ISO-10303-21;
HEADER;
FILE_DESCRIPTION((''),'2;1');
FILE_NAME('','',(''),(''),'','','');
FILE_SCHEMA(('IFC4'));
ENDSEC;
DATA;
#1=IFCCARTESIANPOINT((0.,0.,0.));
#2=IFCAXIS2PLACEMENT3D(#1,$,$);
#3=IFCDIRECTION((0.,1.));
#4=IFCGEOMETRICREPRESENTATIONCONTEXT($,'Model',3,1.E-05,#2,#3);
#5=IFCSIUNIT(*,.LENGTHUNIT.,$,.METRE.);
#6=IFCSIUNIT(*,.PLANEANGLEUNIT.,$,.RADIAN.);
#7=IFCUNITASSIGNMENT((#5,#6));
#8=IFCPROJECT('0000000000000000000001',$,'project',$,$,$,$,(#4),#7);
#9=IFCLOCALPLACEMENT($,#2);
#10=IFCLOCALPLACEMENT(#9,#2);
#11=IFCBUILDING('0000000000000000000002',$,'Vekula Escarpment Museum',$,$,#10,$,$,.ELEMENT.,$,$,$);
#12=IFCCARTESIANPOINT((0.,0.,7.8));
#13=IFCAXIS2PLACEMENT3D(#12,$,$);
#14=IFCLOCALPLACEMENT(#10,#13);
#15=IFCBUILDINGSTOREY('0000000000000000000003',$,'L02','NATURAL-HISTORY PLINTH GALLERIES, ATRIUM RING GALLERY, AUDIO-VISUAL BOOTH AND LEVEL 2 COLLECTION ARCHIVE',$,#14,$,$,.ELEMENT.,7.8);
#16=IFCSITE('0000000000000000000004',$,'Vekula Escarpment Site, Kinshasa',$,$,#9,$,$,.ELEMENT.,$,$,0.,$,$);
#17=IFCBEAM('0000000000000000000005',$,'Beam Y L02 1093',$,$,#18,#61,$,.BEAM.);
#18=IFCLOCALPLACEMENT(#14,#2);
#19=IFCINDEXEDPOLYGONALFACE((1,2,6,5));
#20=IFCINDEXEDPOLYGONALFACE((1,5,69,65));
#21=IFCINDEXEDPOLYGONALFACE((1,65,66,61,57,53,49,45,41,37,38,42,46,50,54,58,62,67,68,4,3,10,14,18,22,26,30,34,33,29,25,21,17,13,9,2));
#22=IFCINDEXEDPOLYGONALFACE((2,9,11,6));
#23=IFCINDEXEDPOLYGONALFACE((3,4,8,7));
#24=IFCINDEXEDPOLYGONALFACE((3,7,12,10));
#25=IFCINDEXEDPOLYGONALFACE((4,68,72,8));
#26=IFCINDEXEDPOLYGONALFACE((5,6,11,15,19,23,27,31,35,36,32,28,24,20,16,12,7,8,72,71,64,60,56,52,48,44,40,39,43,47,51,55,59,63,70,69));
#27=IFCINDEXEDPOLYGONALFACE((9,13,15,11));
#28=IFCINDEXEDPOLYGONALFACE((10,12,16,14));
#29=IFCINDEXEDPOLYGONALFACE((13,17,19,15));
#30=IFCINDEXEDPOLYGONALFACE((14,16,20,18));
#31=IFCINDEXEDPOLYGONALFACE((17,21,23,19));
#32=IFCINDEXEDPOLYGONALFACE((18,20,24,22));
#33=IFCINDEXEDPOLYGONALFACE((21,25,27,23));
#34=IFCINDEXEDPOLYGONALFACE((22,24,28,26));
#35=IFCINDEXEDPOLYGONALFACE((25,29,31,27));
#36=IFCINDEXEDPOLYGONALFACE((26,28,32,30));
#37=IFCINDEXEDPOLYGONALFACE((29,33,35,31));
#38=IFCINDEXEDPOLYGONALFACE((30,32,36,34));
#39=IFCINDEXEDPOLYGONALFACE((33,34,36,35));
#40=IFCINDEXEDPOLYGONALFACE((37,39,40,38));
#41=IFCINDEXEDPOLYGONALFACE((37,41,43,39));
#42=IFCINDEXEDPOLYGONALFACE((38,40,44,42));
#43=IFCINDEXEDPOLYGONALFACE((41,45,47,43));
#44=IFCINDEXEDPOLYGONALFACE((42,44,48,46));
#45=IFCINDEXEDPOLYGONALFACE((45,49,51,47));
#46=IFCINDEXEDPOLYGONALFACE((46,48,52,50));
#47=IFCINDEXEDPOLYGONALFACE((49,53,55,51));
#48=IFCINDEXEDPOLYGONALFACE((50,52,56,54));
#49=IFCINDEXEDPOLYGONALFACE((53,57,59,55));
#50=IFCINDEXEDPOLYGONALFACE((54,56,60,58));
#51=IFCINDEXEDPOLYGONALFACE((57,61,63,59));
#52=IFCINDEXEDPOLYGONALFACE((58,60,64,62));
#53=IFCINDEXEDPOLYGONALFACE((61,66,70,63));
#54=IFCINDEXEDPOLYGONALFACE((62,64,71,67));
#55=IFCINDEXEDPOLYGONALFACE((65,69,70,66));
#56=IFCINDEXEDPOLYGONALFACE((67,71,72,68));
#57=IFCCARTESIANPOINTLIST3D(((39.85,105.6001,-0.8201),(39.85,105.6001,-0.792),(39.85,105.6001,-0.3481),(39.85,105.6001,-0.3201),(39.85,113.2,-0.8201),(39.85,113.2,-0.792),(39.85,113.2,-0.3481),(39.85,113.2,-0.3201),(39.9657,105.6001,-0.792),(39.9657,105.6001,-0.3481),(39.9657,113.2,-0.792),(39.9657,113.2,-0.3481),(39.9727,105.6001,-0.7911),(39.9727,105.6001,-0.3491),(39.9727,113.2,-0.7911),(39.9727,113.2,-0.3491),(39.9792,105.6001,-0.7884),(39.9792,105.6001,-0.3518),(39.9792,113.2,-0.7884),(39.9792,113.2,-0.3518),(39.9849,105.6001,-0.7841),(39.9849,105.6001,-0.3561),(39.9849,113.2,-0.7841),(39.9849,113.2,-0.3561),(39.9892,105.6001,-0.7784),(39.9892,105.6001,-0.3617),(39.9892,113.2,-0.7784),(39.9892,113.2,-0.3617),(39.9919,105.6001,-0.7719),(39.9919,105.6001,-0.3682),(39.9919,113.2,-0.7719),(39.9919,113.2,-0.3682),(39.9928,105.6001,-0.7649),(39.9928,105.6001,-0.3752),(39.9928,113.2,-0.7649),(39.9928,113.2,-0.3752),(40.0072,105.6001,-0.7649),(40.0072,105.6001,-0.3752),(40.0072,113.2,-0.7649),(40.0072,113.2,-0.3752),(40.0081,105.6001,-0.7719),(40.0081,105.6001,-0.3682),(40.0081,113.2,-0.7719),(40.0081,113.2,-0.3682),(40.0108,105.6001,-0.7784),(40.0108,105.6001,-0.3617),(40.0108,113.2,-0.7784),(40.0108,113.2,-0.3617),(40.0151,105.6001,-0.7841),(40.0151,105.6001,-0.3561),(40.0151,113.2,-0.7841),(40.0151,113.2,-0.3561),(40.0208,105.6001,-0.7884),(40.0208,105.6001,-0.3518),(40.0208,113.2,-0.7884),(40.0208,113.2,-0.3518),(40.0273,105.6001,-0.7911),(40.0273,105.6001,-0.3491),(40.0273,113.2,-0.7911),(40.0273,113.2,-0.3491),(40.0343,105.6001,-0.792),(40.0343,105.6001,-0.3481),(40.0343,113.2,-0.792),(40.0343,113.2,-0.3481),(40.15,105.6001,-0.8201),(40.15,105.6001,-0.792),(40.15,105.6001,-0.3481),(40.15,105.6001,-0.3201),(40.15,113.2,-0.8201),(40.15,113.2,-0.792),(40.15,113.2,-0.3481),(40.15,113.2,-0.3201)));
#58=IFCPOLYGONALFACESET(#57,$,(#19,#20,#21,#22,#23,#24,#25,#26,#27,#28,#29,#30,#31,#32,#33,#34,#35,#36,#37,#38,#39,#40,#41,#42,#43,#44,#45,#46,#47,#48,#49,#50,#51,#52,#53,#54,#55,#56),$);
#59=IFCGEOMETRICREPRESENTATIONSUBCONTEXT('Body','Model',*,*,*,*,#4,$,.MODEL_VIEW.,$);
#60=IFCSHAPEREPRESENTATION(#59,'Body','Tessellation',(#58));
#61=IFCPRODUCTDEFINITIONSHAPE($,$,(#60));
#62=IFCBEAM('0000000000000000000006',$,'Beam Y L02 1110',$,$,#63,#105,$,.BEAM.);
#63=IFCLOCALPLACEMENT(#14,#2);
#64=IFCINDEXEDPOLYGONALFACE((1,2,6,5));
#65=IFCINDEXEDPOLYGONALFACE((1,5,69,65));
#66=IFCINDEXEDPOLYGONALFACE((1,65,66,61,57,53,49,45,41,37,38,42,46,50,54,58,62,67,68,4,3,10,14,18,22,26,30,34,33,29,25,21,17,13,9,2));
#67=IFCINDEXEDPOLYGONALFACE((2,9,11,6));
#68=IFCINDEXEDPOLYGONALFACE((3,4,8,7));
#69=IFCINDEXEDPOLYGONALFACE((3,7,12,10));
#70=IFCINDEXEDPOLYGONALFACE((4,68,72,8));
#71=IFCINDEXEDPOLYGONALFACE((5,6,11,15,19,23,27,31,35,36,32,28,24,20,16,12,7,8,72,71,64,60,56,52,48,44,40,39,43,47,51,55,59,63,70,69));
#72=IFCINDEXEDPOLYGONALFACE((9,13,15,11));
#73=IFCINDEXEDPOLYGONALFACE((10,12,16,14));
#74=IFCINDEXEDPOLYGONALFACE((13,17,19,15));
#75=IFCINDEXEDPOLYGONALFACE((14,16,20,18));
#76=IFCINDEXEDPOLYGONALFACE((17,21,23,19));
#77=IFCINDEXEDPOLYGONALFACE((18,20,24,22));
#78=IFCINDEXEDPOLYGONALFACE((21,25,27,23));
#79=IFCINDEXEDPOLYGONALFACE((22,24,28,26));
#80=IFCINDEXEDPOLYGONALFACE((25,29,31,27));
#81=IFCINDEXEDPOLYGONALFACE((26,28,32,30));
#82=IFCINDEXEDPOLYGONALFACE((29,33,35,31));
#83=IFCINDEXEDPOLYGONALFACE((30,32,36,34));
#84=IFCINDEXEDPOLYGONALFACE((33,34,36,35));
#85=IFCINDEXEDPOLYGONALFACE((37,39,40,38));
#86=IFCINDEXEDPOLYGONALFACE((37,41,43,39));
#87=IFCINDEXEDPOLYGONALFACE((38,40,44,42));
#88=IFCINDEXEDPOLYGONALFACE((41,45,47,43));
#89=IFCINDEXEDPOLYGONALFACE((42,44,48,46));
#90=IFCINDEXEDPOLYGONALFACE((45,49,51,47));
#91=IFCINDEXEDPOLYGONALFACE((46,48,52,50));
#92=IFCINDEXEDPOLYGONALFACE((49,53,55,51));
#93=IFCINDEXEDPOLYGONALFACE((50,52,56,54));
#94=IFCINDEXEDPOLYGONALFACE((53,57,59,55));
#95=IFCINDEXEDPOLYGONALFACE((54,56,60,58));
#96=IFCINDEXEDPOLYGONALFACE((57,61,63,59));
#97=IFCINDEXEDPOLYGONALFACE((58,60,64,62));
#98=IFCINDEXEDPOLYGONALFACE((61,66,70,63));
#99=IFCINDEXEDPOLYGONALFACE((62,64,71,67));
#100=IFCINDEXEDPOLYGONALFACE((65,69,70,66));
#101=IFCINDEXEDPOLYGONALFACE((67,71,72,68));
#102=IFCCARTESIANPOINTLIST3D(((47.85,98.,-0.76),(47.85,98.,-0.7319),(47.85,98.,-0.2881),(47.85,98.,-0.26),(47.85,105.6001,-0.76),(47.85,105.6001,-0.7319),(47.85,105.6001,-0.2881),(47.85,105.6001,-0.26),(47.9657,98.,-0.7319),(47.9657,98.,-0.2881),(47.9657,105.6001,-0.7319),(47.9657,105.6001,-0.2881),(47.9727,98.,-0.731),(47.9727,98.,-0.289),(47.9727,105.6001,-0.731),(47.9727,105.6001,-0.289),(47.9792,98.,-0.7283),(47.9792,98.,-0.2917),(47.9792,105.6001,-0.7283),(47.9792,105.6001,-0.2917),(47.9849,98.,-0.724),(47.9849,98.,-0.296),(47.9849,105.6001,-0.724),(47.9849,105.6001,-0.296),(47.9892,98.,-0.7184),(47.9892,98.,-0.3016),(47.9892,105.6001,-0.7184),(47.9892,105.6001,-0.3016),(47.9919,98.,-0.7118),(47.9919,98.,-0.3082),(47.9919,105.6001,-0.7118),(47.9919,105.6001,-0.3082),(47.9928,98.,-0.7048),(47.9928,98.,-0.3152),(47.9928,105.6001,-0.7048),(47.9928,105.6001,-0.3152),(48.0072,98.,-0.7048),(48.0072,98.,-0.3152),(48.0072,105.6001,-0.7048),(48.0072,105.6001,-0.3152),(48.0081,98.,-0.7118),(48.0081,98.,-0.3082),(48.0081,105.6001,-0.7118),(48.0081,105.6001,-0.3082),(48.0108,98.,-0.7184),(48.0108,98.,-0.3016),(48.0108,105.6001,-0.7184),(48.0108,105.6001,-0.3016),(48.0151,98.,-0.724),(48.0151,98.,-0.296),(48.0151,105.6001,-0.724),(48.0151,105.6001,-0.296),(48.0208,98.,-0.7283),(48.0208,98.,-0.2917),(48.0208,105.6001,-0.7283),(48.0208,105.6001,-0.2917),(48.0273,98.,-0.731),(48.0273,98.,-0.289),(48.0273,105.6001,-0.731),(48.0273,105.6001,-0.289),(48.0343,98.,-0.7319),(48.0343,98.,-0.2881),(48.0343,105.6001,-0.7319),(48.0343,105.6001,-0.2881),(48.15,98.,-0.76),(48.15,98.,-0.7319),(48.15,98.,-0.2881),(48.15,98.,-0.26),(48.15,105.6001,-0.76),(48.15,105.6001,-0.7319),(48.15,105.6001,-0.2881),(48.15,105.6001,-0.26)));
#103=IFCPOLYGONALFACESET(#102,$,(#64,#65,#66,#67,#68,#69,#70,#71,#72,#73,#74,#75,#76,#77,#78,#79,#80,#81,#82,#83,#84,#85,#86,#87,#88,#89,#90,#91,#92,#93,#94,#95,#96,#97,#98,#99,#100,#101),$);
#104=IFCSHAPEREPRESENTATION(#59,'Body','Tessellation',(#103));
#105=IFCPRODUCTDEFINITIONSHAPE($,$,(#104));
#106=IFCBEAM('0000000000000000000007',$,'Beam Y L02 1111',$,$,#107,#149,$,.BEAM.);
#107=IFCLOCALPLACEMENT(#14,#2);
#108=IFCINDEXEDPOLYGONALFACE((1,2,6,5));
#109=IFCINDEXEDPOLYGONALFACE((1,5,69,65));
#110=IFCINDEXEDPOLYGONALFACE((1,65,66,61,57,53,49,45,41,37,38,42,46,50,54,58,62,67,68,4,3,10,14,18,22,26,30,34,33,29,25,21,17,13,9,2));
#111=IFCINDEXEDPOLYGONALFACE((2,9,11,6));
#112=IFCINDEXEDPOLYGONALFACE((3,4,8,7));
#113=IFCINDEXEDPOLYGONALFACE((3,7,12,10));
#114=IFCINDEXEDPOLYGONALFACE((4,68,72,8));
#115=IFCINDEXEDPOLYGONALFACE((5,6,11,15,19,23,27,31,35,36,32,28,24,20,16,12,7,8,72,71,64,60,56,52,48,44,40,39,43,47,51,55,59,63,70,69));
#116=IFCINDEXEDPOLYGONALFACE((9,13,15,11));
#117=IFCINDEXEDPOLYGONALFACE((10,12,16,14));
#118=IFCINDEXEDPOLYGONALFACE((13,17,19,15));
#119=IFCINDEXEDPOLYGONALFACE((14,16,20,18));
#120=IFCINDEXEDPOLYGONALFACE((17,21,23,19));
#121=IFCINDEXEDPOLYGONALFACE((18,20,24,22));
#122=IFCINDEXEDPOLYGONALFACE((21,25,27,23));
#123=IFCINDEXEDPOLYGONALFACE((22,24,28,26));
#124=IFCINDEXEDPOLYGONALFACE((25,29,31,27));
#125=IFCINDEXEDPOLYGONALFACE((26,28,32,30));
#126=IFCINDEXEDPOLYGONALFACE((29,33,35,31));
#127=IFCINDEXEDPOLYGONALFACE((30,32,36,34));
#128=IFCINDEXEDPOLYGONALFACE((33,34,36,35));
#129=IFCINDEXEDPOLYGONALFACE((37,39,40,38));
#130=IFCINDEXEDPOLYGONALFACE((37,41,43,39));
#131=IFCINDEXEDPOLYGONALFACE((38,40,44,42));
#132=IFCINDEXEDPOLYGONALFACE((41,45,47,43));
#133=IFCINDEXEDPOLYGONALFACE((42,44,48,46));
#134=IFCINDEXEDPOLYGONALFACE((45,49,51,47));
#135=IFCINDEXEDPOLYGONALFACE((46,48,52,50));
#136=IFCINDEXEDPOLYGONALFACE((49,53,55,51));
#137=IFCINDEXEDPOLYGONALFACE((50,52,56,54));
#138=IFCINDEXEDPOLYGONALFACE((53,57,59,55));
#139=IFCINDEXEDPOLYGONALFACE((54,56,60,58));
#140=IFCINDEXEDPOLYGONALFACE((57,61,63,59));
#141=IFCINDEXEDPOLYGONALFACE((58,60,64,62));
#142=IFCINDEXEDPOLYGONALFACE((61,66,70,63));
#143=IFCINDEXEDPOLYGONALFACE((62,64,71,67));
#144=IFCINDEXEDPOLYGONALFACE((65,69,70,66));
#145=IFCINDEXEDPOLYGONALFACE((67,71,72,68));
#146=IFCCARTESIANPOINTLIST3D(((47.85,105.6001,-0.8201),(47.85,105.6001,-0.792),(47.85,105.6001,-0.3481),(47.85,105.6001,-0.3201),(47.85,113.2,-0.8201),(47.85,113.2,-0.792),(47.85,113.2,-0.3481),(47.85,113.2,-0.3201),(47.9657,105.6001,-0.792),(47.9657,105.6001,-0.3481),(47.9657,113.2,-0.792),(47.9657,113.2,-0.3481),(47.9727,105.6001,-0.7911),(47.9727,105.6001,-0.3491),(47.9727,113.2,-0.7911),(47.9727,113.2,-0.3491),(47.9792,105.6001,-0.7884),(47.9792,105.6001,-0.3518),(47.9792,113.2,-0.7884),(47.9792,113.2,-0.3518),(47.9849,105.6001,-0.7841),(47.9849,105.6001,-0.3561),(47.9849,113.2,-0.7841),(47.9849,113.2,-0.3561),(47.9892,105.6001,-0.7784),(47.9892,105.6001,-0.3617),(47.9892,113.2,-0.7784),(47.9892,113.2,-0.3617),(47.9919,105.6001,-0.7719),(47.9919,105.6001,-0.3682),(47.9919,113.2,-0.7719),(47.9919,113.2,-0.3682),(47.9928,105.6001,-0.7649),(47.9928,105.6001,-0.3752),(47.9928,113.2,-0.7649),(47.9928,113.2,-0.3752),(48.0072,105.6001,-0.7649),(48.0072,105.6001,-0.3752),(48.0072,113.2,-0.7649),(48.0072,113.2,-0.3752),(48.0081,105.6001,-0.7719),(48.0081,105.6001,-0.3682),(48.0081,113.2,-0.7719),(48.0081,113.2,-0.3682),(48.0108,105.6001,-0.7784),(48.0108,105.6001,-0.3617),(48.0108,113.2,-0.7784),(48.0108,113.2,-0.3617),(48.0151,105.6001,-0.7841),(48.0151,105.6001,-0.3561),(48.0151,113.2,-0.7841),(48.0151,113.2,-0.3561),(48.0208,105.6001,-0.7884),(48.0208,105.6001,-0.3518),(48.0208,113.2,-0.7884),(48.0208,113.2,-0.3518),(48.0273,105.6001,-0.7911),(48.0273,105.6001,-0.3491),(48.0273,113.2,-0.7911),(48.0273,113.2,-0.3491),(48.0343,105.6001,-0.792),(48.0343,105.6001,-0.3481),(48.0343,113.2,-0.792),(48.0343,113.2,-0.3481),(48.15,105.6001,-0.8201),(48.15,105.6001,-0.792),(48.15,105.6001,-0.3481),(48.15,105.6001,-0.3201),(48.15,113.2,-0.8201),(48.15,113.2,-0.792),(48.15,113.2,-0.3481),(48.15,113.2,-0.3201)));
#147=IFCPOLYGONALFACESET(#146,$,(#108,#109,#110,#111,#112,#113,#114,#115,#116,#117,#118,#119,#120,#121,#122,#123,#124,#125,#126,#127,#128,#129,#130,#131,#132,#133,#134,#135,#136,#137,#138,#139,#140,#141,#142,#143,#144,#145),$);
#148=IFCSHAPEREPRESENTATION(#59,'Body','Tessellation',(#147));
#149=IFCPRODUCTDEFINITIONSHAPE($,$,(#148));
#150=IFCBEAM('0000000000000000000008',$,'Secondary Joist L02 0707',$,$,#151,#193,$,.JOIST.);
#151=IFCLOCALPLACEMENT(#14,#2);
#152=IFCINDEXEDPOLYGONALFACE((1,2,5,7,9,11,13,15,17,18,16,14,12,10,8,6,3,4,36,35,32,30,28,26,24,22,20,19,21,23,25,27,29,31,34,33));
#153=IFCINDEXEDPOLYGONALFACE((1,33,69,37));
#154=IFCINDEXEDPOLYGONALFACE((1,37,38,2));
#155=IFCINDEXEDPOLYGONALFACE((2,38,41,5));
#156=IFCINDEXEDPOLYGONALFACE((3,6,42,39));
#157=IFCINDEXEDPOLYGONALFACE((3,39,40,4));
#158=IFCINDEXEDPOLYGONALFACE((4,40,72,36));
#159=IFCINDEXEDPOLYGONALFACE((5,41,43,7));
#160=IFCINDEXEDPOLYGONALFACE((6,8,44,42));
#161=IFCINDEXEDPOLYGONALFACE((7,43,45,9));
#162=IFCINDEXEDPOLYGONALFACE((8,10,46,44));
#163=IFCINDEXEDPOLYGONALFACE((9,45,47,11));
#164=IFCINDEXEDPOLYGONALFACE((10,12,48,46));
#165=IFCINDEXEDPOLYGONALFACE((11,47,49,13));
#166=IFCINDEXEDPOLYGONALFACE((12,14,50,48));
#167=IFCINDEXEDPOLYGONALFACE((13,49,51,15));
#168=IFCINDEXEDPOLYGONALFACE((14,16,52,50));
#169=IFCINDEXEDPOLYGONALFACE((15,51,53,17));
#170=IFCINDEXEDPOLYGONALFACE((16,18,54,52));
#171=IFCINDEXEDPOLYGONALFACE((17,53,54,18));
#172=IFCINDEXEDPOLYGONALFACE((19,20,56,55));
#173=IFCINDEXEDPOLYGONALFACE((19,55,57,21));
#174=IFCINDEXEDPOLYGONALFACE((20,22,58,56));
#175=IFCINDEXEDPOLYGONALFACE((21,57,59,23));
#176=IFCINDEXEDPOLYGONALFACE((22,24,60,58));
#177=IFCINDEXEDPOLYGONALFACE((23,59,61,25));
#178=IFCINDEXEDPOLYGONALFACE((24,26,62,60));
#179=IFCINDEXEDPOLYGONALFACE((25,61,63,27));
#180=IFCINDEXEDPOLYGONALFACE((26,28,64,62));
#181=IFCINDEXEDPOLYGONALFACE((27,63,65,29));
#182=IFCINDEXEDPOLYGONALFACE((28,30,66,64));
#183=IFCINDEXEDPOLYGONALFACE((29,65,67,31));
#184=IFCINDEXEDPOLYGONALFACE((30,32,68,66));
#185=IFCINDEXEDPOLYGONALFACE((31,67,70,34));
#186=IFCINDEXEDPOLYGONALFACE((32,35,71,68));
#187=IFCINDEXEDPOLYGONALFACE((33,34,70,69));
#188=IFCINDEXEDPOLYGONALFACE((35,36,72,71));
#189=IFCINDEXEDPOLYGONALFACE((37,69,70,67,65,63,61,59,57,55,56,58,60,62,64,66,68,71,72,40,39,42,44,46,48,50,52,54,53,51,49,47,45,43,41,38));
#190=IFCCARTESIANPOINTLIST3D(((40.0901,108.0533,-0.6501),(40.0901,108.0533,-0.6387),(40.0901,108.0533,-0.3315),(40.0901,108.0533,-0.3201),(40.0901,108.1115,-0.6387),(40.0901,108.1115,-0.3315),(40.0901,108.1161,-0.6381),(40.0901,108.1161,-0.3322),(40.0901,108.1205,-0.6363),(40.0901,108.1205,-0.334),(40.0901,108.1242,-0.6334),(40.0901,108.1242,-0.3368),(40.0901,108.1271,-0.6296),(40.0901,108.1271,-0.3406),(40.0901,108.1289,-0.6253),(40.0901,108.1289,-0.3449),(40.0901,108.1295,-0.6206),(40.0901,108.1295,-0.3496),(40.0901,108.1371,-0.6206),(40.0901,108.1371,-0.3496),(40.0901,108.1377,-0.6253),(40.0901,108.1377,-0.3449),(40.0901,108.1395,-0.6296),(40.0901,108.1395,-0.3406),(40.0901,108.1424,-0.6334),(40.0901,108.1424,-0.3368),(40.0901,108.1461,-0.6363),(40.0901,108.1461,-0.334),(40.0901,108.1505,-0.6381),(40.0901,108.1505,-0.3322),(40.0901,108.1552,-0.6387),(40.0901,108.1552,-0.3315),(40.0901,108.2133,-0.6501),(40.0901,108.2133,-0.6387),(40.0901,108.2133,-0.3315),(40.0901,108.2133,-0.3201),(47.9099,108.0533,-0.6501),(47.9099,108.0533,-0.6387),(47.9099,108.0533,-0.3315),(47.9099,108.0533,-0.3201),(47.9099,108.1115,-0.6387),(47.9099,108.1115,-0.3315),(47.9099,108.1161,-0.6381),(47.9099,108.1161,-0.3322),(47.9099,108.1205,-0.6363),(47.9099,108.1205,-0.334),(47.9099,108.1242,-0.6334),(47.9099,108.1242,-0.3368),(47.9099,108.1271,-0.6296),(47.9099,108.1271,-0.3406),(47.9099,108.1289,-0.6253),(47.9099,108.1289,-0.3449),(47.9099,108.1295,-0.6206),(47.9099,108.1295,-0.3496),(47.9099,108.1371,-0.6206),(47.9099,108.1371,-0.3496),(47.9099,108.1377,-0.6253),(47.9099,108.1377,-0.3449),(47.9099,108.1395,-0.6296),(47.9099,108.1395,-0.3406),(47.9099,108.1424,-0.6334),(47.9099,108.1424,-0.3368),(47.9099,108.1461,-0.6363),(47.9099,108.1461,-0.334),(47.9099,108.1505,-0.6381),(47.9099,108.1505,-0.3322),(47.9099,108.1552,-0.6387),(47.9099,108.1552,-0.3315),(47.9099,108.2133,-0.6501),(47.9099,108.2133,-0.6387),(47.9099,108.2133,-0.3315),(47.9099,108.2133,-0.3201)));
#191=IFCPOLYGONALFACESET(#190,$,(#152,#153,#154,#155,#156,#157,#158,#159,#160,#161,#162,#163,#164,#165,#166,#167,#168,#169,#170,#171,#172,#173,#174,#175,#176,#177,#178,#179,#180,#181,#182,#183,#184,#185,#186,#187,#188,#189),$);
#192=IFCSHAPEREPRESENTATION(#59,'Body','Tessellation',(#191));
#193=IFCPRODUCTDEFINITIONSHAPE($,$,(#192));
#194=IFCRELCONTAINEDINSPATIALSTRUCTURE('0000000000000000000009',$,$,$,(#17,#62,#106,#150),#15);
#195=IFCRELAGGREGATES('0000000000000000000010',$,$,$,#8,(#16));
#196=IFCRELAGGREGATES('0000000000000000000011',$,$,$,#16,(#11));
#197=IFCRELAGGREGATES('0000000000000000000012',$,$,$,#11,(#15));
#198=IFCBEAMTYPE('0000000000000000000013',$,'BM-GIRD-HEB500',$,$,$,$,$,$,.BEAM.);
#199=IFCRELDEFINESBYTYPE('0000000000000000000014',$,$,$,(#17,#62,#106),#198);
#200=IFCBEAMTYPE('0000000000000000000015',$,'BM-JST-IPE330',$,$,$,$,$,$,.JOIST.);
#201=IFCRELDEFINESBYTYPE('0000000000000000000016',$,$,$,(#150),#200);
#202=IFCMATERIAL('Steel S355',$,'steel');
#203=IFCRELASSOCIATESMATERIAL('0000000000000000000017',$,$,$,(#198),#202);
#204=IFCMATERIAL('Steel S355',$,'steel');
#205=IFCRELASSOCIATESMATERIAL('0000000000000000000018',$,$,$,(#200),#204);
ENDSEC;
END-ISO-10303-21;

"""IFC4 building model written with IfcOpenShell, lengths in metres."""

from ifc_helpers import new_model, si_unit, direction, frame, origin, origin_2d, place, context, subcontext, project, spatial, i_section, extrude, material, material_profile, profile_set, type_object, element, save


model = new_model("IFC4")

# Units and contexts
model_context = context("Model", 3, precision=1e-05, world=origin(), true_north=direction((0.0, 1.0)))
body_context = subcontext(model_context, "Body", "Model", "MODEL_VIEW")
ifc_project = project(units=[si_unit("LENGTHUNIT", "METRE"), si_unit("PLANEANGLEUNIT", "RADIAN")], contexts=[model_context])

# Site, building, storey
site_placement = place(None, origin())
site = spatial("IfcSite", under=ifc_project, at=site_placement, Name="Vekula Escarpment Site, Kinshasa", CompositionType="ELEMENT", RefElevation=0.0)
building_placement = place(site_placement, origin())
building = spatial("IfcBuilding", under=site, at=building_placement, Name="Vekula Escarpment Museum", CompositionType="ELEMENT")
storey_placement = place(building_placement, frame((0.0, 0.0, 7.8)))
storey = spatial("IfcBuildingStorey", under=building, at=storey_placement, Name="L02", Description="NATURAL-HISTORY PLINTH GALLERIES, ATRIUM RING GALLERY, AUDIO-VISUAL BOOTH AND LEVEL 2 COLLECTION ARCHIVE", CompositionType="ELEMENT", Elevation=7.8)

# Beams
ifc_material_1 = material(Name="Steel S355", Category="steel")
ifc_material_profile_1 = material_profile(ifc_material_1, i_section(OverallWidth=0.3, OverallDepth=0.5, WebThickness=0.0144, FlangeThickness=0.0281, FilletRadius=0.0271, at=origin_2d()), Name="HEB 500")
ifc_profile_set_1 = profile_set([ifc_material_profile_1], Name="Steel S355")
beam_type_1 = type_object("IfcBeamType", Name="BM-GIRD-HEB500", PredefinedType="BEAM", material=ifc_profile_set_1)
beam_1_placement = place(storey_placement, frame((40.0, 105.6001, -0.5701), z_axis=(0.0, 1.0, 0.0), x_axis=(-1.0, 0.0, 0.0)))
element("IfcBeam", 1, at=beam_1_placement, inside=storey, type_object=beam_type_1, Name="Beam Y L02 1093", PredefinedType="BEAM", context=body_context, shape_type="SweptSolid", body=[
    extrude(i_section(OverallWidth=0.3, OverallDepth=0.5, WebThickness=0.0144, FlangeThickness=0.0281, FilletRadius=0.0271, at=origin_2d()), origin(), (0.0, 0.0, 1.0), 7.5999),
])
beam_2_placement = place(storey_placement, frame((48.0, 98.0, -0.51), z_axis=(0.0, 1.0, 0.0), x_axis=(-1.0, 0.0, 0.0)))
element("IfcBeam", 2, at=beam_2_placement, inside=storey, type_object=beam_type_1, Name="Beam Y L02 1110", PredefinedType="BEAM", context=body_context, shape_type="SweptSolid", body=[
    extrude(i_section(OverallWidth=0.3, OverallDepth=0.5, WebThickness=0.0144, FlangeThickness=0.0281, FilletRadius=0.0271, at=origin_2d()), origin(), (0.0, 0.0, 1.0), 7.6001),
])
beam_3_placement = place(storey_placement, frame((48.0, 105.6001, -0.5701), z_axis=(0.0, 1.0, 0.0), x_axis=(-1.0, 0.0, 0.0)))
element("IfcBeam", 3, at=beam_3_placement, inside=storey, type_object=beam_type_1, Name="Beam Y L02 1111", PredefinedType="BEAM", context=body_context, shape_type="SweptSolid", body=[
    extrude(i_section(OverallWidth=0.3, OverallDepth=0.5, WebThickness=0.0144, FlangeThickness=0.0281, FilletRadius=0.0271, at=origin_2d()), origin(), (0.0, 0.0, 1.0), 7.5999),
])
ifc_material_2 = material(Name="Steel S355", Category="steel")
ifc_material_profile_2 = material_profile(ifc_material_2, i_section(OverallWidth=0.1599, OverallDepth=0.3301, WebThickness=0.0076, FlangeThickness=0.0115, FilletRadius=0.0181, at=origin_2d()), Name="IPE 330")
ifc_profile_set_2 = profile_set([ifc_material_profile_2], Name="Steel S355")
beam_type_2 = type_object("IfcBeamType", Name="BM-JST-IPE330", PredefinedType="JOIST", material=ifc_profile_set_2)
for number, where, z_axis, x_axis, name in (
    (4, (40.0901, 108.1333, -0.4851), (1.0, 0.0, 0.0), (0.0, 1.0, 0.0), "Secondary Joist L02 0707"),
):
    element("IfcBeam", number, at=place(storey_placement, frame(where, z_axis=z_axis, x_axis=x_axis)), inside=storey, type_object=beam_type_2, Name=name, PredefinedType="JOIST", context=body_context, shape_type="SweptSolid", body=[
        extrude(i_section(OverallWidth=0.1599, OverallDepth=0.3301, WebThickness=0.0076, FlangeThickness=0.0115, FilletRadius=0.0181, at=origin_2d()), origin(), (0.0, 0.0, 1.0), 7.8198),
    ])

save(model, "model.ifc")
